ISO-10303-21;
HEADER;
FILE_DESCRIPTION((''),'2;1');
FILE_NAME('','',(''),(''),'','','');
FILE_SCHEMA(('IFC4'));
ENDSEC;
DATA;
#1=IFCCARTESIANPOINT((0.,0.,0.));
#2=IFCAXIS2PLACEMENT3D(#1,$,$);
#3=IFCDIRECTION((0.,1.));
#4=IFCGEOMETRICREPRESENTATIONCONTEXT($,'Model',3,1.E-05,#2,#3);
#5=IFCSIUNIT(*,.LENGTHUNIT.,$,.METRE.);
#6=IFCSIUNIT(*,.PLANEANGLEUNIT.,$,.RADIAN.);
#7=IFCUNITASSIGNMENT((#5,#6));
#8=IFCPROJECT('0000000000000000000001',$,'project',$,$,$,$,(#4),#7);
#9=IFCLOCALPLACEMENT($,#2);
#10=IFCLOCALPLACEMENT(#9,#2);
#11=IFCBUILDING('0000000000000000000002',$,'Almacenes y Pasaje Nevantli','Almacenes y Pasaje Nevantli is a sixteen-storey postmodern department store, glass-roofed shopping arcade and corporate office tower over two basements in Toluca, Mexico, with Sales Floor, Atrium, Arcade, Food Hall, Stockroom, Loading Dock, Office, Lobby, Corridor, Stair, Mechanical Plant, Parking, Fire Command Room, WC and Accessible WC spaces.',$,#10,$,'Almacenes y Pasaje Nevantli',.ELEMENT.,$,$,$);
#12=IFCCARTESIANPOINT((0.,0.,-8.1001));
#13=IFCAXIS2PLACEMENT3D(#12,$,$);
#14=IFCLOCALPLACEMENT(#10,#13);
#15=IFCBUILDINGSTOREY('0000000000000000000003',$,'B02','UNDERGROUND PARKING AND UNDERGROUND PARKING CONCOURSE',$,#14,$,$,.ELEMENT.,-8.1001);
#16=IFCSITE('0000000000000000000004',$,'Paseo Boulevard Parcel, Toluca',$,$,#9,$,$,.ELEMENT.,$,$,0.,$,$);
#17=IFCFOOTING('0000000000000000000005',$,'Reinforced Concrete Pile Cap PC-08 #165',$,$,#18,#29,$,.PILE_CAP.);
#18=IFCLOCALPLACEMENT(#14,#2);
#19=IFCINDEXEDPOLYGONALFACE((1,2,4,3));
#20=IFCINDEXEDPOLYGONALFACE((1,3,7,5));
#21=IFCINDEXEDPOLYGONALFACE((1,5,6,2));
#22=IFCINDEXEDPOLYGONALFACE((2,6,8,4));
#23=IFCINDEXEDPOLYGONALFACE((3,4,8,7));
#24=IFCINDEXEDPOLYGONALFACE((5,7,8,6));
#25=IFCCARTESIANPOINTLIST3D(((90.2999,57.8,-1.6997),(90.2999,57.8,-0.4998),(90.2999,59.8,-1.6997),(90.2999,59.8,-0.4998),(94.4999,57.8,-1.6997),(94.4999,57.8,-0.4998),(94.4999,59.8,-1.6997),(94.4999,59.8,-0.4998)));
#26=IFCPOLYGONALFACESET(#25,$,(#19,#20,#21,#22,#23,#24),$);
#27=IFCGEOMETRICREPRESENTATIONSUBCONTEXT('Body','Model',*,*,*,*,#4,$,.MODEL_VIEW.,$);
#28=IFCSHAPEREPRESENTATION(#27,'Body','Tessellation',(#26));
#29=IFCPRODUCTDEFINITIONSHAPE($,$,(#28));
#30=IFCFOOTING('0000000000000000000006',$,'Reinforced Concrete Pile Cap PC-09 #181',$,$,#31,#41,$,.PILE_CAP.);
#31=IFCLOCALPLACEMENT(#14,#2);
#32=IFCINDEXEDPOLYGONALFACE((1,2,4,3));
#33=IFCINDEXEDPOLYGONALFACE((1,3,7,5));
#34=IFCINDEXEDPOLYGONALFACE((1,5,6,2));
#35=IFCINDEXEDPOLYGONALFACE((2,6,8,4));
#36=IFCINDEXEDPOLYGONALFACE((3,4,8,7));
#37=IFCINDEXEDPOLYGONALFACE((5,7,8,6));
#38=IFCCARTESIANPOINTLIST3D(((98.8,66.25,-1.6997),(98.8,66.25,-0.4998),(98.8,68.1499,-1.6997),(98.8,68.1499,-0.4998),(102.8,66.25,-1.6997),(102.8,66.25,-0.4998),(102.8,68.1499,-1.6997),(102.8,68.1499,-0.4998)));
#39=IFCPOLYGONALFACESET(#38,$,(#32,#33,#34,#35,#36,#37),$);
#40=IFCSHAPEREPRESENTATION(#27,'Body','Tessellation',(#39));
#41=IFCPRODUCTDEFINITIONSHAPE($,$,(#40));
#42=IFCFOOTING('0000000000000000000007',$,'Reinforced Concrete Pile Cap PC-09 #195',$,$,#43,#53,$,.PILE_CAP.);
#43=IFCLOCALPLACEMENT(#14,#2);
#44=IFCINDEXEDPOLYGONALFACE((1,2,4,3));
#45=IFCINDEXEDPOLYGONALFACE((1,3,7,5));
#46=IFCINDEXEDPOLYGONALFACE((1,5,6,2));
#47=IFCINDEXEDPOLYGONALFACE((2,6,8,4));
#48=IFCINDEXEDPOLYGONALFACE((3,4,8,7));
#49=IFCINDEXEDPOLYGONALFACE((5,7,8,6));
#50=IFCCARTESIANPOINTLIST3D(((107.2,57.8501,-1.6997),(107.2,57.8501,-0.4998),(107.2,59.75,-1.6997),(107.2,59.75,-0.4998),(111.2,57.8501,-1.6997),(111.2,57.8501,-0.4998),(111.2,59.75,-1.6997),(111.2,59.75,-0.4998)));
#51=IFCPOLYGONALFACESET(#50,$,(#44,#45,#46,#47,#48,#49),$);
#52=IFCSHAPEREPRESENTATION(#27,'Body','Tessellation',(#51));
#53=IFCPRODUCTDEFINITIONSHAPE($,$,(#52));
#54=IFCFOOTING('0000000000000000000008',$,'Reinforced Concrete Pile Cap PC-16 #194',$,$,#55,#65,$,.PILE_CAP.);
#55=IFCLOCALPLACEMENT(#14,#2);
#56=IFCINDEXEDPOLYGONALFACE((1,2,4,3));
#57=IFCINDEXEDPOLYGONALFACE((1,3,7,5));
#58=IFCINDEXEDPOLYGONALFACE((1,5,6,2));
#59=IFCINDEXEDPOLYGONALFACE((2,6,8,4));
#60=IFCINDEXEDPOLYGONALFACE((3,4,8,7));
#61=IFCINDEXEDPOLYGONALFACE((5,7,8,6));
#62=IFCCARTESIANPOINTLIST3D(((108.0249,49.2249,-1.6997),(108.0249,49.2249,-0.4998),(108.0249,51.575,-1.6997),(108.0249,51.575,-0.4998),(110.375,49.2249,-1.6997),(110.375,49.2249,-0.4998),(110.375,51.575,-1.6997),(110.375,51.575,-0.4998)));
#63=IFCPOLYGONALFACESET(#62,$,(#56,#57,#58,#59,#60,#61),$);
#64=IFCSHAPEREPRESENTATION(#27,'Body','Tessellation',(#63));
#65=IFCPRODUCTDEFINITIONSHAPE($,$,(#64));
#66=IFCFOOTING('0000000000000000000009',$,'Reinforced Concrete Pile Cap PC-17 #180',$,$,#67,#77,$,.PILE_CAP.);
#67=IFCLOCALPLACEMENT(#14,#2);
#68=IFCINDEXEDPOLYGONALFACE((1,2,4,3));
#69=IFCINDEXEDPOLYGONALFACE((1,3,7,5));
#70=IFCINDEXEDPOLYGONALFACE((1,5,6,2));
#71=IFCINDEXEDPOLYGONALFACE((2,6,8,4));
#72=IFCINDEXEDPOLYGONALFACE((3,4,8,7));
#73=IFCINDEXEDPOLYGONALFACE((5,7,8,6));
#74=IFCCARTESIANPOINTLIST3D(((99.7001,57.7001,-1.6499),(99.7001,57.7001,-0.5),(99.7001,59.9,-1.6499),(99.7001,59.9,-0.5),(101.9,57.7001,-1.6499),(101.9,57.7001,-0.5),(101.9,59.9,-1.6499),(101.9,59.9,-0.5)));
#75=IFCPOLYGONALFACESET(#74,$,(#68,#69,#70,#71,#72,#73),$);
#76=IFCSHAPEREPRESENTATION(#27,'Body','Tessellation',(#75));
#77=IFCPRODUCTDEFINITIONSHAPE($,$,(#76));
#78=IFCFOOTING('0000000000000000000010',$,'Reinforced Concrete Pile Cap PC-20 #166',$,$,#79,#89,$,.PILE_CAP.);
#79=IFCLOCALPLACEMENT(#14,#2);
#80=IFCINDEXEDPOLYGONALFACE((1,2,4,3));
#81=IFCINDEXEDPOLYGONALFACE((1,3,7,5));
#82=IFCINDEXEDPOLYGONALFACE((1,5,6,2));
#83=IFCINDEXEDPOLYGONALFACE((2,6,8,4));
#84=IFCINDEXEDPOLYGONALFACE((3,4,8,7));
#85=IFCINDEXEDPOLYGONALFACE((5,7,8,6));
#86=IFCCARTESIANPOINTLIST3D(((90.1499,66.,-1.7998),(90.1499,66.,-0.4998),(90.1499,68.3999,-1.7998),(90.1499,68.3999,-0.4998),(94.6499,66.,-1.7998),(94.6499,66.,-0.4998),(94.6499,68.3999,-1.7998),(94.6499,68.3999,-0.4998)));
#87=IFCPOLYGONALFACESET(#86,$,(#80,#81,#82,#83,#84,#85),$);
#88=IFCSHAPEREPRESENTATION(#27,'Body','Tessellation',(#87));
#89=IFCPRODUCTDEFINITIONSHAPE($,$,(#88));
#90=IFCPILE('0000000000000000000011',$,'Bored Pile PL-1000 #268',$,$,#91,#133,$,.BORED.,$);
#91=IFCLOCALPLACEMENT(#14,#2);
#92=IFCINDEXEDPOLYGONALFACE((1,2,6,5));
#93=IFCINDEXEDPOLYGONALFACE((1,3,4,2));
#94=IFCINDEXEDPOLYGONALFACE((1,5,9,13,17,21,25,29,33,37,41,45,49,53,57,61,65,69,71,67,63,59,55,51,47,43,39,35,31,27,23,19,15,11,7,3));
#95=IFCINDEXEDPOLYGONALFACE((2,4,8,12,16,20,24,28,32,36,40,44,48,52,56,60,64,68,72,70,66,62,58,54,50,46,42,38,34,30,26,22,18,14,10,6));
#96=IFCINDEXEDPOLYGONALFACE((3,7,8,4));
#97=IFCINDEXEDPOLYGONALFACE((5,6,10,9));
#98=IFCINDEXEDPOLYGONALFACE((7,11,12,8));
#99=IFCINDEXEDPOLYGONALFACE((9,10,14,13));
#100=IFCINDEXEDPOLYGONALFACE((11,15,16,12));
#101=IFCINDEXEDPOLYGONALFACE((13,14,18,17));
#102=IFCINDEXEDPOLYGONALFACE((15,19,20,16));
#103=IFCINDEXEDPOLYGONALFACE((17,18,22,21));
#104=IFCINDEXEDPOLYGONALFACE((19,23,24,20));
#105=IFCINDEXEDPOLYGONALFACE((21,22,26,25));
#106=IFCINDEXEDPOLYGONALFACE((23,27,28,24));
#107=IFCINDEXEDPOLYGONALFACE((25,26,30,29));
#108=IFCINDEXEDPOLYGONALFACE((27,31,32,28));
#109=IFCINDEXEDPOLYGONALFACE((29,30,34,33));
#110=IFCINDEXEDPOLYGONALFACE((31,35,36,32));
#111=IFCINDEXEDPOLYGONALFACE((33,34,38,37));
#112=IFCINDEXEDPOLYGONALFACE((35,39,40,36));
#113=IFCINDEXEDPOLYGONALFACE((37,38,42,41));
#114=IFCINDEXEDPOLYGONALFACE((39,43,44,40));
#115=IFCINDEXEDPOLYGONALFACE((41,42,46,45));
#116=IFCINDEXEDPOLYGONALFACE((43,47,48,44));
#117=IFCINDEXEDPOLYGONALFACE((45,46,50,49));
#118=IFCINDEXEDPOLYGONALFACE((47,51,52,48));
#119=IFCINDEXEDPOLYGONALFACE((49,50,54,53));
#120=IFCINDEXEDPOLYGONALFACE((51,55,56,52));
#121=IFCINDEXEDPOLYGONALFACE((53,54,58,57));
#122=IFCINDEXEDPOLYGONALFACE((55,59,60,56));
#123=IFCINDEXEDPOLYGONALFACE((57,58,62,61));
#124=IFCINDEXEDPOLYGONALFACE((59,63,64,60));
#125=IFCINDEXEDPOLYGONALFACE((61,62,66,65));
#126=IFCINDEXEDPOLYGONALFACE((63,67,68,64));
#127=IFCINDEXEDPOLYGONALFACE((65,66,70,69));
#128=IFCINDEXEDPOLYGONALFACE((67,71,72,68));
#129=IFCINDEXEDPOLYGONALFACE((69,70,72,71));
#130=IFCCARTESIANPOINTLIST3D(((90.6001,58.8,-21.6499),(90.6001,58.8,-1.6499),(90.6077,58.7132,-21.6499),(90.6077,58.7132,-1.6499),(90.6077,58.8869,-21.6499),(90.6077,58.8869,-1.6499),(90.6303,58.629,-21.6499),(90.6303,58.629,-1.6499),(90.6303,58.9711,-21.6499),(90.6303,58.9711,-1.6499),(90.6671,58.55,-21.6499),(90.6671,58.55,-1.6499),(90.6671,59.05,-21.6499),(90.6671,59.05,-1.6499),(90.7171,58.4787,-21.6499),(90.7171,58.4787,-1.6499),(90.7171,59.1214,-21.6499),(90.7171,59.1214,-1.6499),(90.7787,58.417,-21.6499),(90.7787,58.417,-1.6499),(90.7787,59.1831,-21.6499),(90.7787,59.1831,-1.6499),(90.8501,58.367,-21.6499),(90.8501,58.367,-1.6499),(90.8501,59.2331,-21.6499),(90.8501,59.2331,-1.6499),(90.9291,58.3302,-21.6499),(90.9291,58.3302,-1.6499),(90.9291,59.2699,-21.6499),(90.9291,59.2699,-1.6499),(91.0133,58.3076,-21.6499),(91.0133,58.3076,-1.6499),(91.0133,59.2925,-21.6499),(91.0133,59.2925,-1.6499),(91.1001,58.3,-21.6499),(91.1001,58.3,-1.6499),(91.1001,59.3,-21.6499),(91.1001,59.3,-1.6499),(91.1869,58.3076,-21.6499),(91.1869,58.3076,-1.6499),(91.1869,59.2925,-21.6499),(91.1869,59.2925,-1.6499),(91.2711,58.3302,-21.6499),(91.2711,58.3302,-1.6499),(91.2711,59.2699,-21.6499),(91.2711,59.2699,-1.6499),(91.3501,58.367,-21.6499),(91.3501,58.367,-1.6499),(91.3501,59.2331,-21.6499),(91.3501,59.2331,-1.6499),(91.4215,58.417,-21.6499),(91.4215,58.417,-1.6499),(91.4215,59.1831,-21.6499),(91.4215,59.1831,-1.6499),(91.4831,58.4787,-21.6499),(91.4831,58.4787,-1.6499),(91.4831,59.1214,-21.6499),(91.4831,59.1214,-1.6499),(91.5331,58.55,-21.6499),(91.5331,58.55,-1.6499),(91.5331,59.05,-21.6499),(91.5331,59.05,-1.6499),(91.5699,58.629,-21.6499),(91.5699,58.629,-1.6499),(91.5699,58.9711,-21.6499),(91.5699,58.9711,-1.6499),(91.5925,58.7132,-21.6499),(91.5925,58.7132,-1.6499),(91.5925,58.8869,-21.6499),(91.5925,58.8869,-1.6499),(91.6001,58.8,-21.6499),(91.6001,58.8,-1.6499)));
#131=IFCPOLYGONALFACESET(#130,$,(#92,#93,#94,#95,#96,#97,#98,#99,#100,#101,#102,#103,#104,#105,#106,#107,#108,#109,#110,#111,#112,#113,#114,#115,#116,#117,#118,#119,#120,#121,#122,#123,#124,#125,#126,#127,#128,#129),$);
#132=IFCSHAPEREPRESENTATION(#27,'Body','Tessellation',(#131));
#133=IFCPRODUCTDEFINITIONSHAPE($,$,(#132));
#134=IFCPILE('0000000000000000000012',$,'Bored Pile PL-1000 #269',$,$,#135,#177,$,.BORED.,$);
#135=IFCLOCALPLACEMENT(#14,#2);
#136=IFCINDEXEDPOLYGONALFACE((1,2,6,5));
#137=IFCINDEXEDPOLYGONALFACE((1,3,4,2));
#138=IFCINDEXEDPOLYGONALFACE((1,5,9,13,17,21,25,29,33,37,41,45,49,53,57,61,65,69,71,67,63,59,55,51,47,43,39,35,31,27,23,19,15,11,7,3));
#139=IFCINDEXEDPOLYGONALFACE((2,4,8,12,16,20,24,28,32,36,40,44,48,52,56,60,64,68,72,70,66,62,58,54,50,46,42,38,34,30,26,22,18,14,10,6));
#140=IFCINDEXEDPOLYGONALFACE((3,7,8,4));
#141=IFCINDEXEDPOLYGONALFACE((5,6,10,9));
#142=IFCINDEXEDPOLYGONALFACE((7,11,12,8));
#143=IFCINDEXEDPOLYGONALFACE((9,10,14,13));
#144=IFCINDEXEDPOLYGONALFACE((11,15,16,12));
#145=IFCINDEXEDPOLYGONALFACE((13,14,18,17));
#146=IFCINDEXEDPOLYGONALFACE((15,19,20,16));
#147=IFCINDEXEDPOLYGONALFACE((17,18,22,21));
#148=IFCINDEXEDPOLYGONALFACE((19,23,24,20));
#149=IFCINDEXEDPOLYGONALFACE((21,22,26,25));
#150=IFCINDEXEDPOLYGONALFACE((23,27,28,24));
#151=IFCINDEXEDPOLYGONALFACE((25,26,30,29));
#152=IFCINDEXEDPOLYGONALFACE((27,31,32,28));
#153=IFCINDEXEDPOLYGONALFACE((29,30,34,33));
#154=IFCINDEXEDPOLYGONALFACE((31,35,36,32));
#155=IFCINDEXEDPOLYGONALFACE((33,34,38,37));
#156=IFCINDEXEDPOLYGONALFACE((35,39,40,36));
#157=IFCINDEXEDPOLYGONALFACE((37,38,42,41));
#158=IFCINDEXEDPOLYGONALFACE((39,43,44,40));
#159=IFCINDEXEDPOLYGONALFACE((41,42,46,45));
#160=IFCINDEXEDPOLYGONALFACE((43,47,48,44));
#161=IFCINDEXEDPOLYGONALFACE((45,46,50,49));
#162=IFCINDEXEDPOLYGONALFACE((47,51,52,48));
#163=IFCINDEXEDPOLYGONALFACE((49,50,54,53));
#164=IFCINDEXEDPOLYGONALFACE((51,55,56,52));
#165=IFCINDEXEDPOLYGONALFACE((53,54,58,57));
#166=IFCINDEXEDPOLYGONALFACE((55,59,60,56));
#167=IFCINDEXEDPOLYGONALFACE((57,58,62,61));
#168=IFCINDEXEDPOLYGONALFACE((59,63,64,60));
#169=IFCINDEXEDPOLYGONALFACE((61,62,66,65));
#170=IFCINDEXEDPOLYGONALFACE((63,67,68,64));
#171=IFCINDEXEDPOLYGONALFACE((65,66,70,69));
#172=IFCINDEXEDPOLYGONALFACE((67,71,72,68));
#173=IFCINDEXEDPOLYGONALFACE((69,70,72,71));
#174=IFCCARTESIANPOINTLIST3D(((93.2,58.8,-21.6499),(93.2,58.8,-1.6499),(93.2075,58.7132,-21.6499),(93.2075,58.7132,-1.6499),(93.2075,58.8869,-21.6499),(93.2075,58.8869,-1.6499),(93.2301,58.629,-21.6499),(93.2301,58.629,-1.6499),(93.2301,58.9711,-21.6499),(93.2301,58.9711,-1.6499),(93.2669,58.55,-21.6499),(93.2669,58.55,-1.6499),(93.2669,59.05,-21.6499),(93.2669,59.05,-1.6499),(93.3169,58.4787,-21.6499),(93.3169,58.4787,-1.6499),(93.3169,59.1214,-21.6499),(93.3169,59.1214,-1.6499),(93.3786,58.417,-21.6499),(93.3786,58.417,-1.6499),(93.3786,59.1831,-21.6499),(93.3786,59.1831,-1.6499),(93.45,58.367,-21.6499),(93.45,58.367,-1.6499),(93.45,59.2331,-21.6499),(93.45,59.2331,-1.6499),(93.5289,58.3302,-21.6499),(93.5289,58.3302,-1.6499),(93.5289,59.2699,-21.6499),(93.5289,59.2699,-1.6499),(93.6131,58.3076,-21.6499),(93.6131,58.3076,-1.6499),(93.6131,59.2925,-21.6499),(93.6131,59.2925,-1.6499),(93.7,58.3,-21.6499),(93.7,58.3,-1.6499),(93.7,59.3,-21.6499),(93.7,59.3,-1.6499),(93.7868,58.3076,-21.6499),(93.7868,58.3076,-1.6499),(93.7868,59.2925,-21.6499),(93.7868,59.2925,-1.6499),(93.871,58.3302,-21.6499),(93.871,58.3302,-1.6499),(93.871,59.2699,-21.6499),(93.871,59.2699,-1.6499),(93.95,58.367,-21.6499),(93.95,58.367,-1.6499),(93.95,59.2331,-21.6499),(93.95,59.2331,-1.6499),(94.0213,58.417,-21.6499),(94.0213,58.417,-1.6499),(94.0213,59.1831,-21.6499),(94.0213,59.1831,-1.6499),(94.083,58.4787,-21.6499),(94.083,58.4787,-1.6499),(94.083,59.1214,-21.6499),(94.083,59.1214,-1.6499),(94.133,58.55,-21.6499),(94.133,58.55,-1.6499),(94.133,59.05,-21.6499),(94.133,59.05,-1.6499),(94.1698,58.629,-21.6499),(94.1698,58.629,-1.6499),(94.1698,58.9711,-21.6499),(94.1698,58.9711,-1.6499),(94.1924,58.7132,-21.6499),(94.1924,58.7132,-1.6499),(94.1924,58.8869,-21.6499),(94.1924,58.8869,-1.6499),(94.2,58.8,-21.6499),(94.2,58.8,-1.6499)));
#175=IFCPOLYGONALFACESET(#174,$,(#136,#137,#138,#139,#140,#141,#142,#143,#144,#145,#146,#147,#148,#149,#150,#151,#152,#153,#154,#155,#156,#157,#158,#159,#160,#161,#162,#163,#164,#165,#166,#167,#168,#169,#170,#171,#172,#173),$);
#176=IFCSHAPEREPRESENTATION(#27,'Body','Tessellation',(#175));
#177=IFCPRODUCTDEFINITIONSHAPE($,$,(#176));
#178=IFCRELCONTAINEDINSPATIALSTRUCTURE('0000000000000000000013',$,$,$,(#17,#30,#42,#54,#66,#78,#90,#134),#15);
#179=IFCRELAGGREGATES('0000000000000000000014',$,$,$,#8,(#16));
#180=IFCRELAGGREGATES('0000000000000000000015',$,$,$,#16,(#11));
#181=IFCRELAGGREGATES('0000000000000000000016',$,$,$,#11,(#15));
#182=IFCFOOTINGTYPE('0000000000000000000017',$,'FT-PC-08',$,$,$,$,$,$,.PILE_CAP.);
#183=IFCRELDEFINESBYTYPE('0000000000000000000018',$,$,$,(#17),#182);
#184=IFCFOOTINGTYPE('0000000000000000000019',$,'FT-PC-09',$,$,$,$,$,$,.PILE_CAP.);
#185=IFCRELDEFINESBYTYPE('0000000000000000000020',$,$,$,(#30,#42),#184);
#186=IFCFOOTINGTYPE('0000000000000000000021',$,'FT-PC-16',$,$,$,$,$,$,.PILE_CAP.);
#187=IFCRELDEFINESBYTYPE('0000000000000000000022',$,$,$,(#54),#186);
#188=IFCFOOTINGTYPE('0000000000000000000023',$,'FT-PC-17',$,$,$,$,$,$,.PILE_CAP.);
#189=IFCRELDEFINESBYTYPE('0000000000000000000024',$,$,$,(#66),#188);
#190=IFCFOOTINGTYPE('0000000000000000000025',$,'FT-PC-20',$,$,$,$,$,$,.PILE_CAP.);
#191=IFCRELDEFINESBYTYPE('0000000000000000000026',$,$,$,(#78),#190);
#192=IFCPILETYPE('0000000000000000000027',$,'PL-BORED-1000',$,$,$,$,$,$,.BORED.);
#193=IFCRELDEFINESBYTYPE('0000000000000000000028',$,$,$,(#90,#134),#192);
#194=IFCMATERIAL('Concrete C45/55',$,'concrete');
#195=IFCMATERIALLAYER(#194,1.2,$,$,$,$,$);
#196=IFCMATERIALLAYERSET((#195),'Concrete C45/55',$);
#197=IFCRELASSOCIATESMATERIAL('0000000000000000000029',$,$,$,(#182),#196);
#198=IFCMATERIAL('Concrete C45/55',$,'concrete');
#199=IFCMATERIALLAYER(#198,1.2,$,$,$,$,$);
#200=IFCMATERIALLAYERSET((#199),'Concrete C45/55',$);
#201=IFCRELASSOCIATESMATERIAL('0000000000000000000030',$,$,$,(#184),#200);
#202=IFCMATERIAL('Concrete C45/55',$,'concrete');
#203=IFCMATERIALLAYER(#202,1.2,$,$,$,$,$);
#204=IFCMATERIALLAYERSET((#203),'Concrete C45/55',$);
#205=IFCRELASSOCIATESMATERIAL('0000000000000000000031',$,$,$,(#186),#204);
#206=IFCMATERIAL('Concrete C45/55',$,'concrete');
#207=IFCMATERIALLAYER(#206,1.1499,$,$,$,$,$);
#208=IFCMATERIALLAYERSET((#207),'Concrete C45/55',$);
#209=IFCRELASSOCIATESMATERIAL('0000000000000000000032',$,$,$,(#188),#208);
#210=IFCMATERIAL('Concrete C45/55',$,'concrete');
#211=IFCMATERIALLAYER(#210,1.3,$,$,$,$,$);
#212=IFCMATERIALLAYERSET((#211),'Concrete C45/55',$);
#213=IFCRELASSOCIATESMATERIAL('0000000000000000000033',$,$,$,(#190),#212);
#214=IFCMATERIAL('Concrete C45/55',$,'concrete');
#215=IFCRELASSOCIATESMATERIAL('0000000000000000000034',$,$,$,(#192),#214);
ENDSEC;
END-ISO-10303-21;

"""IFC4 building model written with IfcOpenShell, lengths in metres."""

from ifc_helpers import new_model, si_unit, direction, frame, origin, origin_2d, place, context, subcontext, project, spatial, rectangle, circle, extrude, material, layer, layer_set, material_profile, profile_set, type_object, element, save


model = new_model("IFC4")

# Units and contexts
model_context = context("Model", 3, precision=1e-05, world=origin(), true_north=direction((0.0, 1.0)))
body_context = subcontext(model_context, "Body", "Model", "MODEL_VIEW")
ifc_project = project(units=[si_unit("LENGTHUNIT", "METRE"), si_unit("PLANEANGLEUNIT", "RADIAN")], contexts=[model_context])

# Site, building, storey
site_placement = place(None, origin())
site = spatial("IfcSite", under=ifc_project, at=site_placement, Name="Paseo Boulevard Parcel, Toluca", CompositionType="ELEMENT", RefElevation=0.0)
building_placement = place(site_placement, origin())
building = spatial("IfcBuilding", under=site, at=building_placement, Name="Almacenes y Pasaje Nevantli", Description="Almacenes y Pasaje Nevantli is a sixteen-storey postmodern department store, glass-roofed shopping arcade and corporate office tower over two basements in Toluca, Mexico, with Sales Floor, Atrium, Arcade, Food Hall, Stockroom, Loading Dock, Office, Lobby, Corridor, Stair, Mechanical Plant, Parking, Fire Command Room, WC and Accessible WC spaces.", LongName="Almacenes y Pasaje Nevantli", CompositionType="ELEMENT")
storey_placement = place(building_placement, frame((0.0, 0.0, -8.1001)))
storey = spatial("IfcBuildingStorey", under=building, at=storey_placement, Name="B02", Description="UNDERGROUND PARKING AND UNDERGROUND PARKING CONCOURSE", CompositionType="ELEMENT", Elevation=-8.1001)

# Footings
ifc_material_1 = material(Name="Concrete C45/55", Category="concrete")
ifc_layer_1 = layer(ifc_material_1, 1.2)
ifc_layer_set_1 = layer_set([ifc_layer_1], Name="Concrete C45/55")
footing_type_1 = type_object("IfcFootingType", Name="FT-PC-08", PredefinedType="PILE_CAP", material=ifc_layer_set_1)
footing_1_placement = place(storey_placement, frame((92.3999, 58.8, -1.6997), z_axis=(0.0, 0.0, 1.0), x_axis=(1.0, 0.0, 0.0)))
element("IfcFooting", 1, at=footing_1_placement, inside=storey, type_object=footing_type_1, Name="Reinforced Concrete Pile Cap PC-08 #165", PredefinedType="PILE_CAP", context=body_context, shape_type="SweptSolid", body=[
    extrude(rectangle(XDim=4.2, YDim=2.0, at=origin_2d()), origin(), (0.0, 0.0, 1.0), 1.2),
])
ifc_material_2 = material(Name="Concrete C45/55", Category="concrete")
ifc_layer_2 = layer(ifc_material_2, 1.2)
ifc_layer_set_2 = layer_set([ifc_layer_2], Name="Concrete C45/55")
footing_type_2 = type_object("IfcFootingType", Name="FT-PC-09", PredefinedType="PILE_CAP", material=ifc_layer_set_2)
for number, where, z_axis, x_axis, name in (
    (2, (100.8, 67.2, -1.6997), (0.0, 0.0, 1.0), (1.0, 0.0, 0.0), "Reinforced Concrete Pile Cap PC-09 #181"),
    (3, (109.2, 58.8, -1.6997), (0.0, 0.0, 1.0), (1.0, 0.0, 0.0), "Reinforced Concrete Pile Cap PC-09 #195"),
):
    element("IfcFooting", number, at=place(storey_placement, frame(where, z_axis=z_axis, x_axis=x_axis)), inside=storey, type_object=footing_type_2, Name=name, PredefinedType="PILE_CAP", context=body_context, shape_type="SweptSolid", body=[
        extrude(rectangle(XDim=4.0, YDim=1.8999, at=origin_2d()), origin(), (0.0, 0.0, 1.0), 1.2),
    ])
ifc_material_3 = material(Name="Concrete C45/55", Category="concrete")
ifc_layer_3 = layer(ifc_material_3, 1.2)
ifc_layer_set_3 = layer_set([ifc_layer_3], Name="Concrete C45/55")
footing_type_3 = type_object("IfcFootingType", Name="FT-PC-16", PredefinedType="PILE_CAP", material=ifc_layer_set_3)
footing_2_placement = place(storey_placement, frame((109.2, 50.3999, -1.6997), z_axis=(0.0, 0.0, 1.0), x_axis=(1.0, 0.0, 0.0)))
element("IfcFooting", 4, at=footing_2_placement, inside=storey, type_object=footing_type_3, Name="Reinforced Concrete Pile Cap PC-16 #194", PredefinedType="PILE_CAP", context=body_context, shape_type="SweptSolid", body=[
    extrude(rectangle(XDim=2.3501, YDim=2.3501, at=origin_2d()), origin(), (0.0, 0.0, 1.0), 1.2),
])
ifc_material_4 = material(Name="Concrete C45/55", Category="concrete")
ifc_layer_4 = layer(ifc_material_4, 1.1499)
ifc_layer_set_4 = layer_set([ifc_layer_4], Name="Concrete C45/55")
footing_type_4 = type_object("IfcFootingType", Name="FT-PC-17", PredefinedType="PILE_CAP", material=ifc_layer_set_4)
footing_3_placement = place(storey_placement, frame((100.8, 58.8, -1.6499), z_axis=(0.0, 0.0, 1.0), x_axis=(1.0, 0.0, 0.0)))
element("IfcFooting", 5, at=footing_3_placement, inside=storey, type_object=footing_type_4, Name="Reinforced Concrete Pile Cap PC-17 #180", PredefinedType="PILE_CAP", context=body_context, shape_type="SweptSolid", body=[
    extrude(rectangle(XDim=2.2, YDim=2.2, at=origin_2d()), origin(), (0.0, 0.0, 1.0), 1.1499),
])
ifc_material_5 = material(Name="Concrete C45/55", Category="concrete")
ifc_layer_5 = layer(ifc_material_5, 1.3)
ifc_layer_set_5 = layer_set([ifc_layer_5], Name="Concrete C45/55")
footing_type_5 = type_object("IfcFootingType", Name="FT-PC-20", PredefinedType="PILE_CAP", material=ifc_layer_set_5)
footing_4_placement = place(storey_placement, frame((92.3999, 67.2, -1.7998), z_axis=(0.0, 0.0, 1.0), x_axis=(1.0, 0.0, 0.0)))
element("IfcFooting", 6, at=footing_4_placement, inside=storey, type_object=footing_type_5, Name="Reinforced Concrete Pile Cap PC-20 #166", PredefinedType="PILE_CAP", context=body_context, shape_type="SweptSolid", body=[
    extrude(rectangle(XDim=4.5, YDim=2.3999, at=origin_2d()), origin(), (0.0, 0.0, 1.0), 1.3),
])

# Piles
ifc_material_6 = material(Name="Concrete C45/55", Category="concrete")
ifc_material_profile_1 = material_profile(ifc_material_6, circle(Radius=0.5, at=origin_2d()), Name="RC-PILE-D1000")
ifc_profile_set_1 = profile_set([ifc_material_profile_1], Name="Concrete C45/55")
pile_type_1 = type_object("IfcPileType", Name="PL-BORED-1000", PredefinedType="BORED", material=ifc_profile_set_1)
for number, where, z_axis, x_axis, name in (
    (7, (91.1001, 58.8, -1.6499), (0.0, 0.0, -1.0), (1.0, 0.0, 0.0), "Bored Pile PL-1000 #268"),
    (8, (93.7, 58.8, -1.6499), (0.0, 0.0, -1.0), (1.0, 0.0, 0.0), "Bored Pile PL-1000 #269"),
):
    element("IfcPile", number, at=place(storey_placement, frame(where, z_axis=z_axis, x_axis=x_axis)), inside=storey, type_object=pile_type_1, Name=name, PredefinedType="BORED", context=body_context, shape_type="SweptSolid", body=[
        extrude(circle(Radius=0.5, at=origin_2d()), origin(), (0.0, 0.0, 1.0), 20.0),
    ])

save(model, "model.ifc")
